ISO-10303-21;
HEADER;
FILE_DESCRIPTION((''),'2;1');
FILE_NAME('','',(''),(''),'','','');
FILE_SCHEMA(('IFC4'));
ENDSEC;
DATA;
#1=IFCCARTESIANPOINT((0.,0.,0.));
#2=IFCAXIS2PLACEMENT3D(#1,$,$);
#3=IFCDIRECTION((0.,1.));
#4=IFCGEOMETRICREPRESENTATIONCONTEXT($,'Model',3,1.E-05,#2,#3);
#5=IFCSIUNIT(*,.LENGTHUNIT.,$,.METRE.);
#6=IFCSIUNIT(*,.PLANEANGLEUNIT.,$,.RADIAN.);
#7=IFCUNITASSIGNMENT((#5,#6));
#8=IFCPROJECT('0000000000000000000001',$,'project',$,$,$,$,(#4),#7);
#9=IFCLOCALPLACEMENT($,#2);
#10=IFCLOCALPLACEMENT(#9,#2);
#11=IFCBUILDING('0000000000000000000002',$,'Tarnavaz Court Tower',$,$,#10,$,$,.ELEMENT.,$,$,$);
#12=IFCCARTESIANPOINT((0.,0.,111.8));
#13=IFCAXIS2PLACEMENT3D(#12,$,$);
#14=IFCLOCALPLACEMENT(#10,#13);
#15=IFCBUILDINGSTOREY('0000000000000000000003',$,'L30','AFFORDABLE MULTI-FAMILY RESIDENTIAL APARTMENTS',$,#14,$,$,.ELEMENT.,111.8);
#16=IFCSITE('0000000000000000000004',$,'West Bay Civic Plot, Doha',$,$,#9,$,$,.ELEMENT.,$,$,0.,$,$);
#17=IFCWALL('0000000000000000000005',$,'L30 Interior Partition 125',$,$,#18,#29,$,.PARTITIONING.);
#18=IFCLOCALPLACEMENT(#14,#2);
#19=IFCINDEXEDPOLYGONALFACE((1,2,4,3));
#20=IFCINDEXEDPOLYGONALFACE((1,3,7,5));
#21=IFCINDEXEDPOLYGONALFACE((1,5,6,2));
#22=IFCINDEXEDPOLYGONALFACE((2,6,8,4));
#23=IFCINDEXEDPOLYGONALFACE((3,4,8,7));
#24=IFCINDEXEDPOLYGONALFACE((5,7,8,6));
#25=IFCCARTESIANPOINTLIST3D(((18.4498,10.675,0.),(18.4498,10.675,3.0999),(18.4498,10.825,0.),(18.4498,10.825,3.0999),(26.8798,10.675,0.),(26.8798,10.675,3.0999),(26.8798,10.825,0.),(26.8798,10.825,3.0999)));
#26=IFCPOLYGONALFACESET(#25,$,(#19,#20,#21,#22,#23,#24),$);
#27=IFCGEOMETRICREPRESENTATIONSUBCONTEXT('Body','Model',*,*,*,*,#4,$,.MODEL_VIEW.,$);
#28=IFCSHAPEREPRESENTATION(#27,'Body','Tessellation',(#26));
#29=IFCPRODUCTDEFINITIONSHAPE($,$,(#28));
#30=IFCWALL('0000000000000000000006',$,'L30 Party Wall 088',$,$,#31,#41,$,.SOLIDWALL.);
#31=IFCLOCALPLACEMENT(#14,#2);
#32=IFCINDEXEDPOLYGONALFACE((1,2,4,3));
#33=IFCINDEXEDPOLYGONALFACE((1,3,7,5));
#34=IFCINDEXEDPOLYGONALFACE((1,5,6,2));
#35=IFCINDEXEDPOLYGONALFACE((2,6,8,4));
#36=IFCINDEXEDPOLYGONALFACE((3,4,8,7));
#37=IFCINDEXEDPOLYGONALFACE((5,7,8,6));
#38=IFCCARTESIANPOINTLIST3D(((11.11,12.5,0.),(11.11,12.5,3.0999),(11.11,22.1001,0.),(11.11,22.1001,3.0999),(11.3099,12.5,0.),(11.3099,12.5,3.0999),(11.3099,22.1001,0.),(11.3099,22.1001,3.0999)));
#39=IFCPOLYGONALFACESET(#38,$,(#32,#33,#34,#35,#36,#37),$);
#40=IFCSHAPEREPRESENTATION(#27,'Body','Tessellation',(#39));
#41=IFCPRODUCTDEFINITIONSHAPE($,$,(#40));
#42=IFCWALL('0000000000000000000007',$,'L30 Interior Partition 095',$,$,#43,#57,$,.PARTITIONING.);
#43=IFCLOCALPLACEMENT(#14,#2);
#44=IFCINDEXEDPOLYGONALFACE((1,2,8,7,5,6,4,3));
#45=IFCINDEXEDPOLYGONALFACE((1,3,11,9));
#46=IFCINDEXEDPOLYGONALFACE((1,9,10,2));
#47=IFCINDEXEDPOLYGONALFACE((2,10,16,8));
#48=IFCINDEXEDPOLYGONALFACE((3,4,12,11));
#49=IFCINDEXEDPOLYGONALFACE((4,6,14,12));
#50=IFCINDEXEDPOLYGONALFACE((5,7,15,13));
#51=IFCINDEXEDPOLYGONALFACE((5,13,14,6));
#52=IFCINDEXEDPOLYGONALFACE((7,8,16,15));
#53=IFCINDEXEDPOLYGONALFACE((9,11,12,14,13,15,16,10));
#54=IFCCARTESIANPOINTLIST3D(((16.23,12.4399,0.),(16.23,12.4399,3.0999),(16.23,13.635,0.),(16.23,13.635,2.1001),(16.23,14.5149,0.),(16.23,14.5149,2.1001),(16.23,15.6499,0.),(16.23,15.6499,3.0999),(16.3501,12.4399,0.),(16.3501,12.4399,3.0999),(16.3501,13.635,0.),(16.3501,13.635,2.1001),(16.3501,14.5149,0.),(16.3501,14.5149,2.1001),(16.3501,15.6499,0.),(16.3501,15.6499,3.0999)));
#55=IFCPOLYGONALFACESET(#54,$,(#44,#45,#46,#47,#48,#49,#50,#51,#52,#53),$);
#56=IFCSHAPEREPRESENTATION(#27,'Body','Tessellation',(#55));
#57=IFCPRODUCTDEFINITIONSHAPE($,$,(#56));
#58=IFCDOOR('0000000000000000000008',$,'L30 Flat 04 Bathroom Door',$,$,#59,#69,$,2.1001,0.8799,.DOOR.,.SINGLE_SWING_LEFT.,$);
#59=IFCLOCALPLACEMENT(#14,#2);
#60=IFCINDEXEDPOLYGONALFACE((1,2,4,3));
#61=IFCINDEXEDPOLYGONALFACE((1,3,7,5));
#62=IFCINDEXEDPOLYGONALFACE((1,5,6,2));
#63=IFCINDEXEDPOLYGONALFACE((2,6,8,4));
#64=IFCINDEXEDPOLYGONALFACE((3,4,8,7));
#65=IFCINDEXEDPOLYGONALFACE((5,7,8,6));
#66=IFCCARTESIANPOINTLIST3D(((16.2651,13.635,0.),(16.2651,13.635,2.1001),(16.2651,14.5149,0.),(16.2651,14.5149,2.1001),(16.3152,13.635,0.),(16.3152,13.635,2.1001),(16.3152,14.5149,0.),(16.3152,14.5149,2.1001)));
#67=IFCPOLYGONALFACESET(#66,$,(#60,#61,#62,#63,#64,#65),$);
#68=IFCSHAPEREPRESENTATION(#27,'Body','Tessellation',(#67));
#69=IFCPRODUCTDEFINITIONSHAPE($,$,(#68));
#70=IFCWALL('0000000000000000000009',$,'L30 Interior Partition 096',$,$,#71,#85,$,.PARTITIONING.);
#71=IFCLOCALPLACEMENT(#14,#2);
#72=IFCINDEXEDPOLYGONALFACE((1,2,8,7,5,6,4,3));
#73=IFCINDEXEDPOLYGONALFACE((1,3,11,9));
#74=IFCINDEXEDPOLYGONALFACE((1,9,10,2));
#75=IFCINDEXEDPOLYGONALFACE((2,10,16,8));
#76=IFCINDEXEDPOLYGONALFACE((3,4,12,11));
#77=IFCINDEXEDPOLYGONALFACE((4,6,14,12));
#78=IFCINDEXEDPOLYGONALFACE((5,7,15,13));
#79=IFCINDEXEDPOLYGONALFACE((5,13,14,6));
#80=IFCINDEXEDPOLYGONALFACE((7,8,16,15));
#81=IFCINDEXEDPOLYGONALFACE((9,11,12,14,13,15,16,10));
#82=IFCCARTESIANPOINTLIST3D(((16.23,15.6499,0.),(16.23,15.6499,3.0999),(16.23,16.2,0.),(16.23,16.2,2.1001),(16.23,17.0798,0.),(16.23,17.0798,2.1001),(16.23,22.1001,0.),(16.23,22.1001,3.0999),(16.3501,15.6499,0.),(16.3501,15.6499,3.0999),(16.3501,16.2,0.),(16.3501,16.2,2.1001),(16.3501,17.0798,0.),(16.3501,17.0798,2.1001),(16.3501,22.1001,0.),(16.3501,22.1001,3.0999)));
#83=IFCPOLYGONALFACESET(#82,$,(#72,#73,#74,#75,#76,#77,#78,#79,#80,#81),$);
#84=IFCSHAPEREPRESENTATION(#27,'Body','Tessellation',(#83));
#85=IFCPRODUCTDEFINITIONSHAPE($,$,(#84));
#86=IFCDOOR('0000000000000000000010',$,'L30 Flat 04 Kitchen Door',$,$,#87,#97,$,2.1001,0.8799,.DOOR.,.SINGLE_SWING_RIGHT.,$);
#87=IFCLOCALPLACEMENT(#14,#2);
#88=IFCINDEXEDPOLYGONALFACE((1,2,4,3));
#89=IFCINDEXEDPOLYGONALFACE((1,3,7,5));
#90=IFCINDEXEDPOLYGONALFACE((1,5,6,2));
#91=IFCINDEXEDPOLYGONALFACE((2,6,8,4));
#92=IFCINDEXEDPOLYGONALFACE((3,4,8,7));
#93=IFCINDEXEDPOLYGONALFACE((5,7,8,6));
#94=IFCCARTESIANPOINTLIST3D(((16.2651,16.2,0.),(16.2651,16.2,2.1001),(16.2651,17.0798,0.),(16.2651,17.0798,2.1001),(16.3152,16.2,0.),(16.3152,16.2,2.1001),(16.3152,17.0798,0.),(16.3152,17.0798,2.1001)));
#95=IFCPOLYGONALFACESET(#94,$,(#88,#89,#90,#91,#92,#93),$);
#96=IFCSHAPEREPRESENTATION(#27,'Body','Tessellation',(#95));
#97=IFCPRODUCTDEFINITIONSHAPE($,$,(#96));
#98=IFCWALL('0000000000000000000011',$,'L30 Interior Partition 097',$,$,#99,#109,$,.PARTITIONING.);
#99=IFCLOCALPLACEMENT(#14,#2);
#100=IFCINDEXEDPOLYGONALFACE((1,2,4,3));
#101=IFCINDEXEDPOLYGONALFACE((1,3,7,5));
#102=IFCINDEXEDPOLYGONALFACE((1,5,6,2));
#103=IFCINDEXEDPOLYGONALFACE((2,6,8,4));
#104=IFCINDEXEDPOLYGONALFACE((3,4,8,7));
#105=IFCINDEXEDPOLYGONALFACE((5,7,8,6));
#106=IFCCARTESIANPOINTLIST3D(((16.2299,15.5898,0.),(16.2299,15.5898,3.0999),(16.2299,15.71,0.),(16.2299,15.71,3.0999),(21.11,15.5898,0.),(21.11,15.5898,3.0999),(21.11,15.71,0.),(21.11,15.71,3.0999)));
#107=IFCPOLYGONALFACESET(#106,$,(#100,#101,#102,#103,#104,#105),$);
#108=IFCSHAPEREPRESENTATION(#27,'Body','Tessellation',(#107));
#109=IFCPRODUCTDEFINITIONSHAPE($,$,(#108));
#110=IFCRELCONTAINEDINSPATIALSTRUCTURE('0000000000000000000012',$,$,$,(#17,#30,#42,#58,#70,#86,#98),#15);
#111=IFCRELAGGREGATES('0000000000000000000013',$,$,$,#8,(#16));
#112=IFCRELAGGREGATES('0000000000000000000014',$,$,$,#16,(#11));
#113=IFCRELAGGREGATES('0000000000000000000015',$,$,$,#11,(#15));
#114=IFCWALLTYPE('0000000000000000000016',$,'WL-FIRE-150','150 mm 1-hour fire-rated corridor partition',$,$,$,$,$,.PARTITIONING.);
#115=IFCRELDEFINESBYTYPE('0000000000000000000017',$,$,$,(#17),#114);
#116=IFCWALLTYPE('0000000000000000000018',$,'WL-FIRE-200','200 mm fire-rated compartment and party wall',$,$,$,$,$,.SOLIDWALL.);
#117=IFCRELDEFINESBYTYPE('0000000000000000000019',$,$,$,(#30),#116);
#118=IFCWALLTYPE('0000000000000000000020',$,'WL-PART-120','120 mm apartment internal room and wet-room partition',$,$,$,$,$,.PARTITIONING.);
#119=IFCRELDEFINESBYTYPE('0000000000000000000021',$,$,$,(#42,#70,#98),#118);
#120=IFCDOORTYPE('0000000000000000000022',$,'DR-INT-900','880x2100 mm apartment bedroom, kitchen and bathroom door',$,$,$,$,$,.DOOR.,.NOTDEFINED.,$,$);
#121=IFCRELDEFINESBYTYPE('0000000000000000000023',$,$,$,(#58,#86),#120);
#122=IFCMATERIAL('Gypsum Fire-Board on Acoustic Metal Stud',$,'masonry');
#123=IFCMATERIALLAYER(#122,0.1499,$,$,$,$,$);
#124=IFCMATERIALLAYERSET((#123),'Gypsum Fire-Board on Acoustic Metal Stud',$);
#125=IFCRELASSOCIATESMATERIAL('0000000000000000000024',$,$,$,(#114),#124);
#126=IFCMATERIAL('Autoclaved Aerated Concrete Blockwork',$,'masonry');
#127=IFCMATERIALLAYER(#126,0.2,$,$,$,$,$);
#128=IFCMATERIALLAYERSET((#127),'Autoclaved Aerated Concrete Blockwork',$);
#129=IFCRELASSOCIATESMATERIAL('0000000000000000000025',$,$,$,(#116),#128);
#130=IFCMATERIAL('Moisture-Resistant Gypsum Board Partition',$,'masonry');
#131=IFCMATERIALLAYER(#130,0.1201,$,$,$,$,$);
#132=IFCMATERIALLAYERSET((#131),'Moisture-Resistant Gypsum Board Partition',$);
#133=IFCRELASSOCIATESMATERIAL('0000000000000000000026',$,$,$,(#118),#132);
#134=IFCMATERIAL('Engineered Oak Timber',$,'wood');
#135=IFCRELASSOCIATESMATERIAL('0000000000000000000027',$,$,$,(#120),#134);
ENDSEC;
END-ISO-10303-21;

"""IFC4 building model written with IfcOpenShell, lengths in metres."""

from ifc_helpers import new_model, si_unit, direction, frame, frame_2d, origin, place, context, subcontext, project, spatial, rectangle, extrude, material, layer, layer_set, type_object, element, fill, save


model = new_model("IFC4")

# Units and contexts
model_context = context("Model", 3, precision=1e-05, world=origin(), true_north=direction((0.0, 1.0)))
body_context = subcontext(model_context, "Body", "Model", "MODEL_VIEW")
ifc_project = project(units=[si_unit("LENGTHUNIT", "METRE"), si_unit("PLANEANGLEUNIT", "RADIAN")], contexts=[model_context])

# Site, building, storey
site_placement = place(None, origin())
site = spatial("IfcSite", under=ifc_project, at=site_placement, Name="West Bay Civic Plot, Doha", CompositionType="ELEMENT", RefElevation=0.0)
building_placement = place(site_placement, origin())
building = spatial("IfcBuilding", under=site, at=building_placement, Name="Tarnavaz Court Tower", CompositionType="ELEMENT")
storey_placement = place(building_placement, frame((0.0, 0.0, 111.8)))
storey = spatial("IfcBuildingStorey", under=building, at=storey_placement, Name="L30", Description="AFFORDABLE MULTI-FAMILY RESIDENTIAL APARTMENTS", CompositionType="ELEMENT", Elevation=111.8)

# Walls
ifc_material_1 = material(Name="Gypsum Fire-Board on Acoustic Metal Stud", Category="masonry")
ifc_layer_1 = layer(ifc_material_1, 0.1499)
ifc_layer_set_1 = layer_set([ifc_layer_1], Name="Gypsum Fire-Board on Acoustic Metal Stud")
wall_type_1 = type_object("IfcWallType", Name="WL-FIRE-150", Description="150 mm 1-hour fire-rated corridor partition", PredefinedType="PARTITIONING", material=ifc_layer_set_1)
wall_1_placement = place(storey_placement, frame((18.45, 10.75, 0.0), z_axis=(0.0, 0.0, 1.0), x_axis=(1.0, 0.0, 0.0)))
element("IfcWall", 1, at=wall_1_placement, inside=storey, type_object=wall_type_1, Name="L30 Interior Partition 125", PredefinedType="PARTITIONING", context=body_context, shape_type="SweptSolid", body=[
    extrude(rectangle(XDim=8.4299, YDim=0.1499, at=frame_2d((4.2148, 0.0))), origin(), (0.0, 0.0, 1.0), 3.0999),
])
ifc_material_2 = material(Name="Autoclaved Aerated Concrete Blockwork", Category="masonry")
ifc_layer_2 = layer(ifc_material_2, 0.2)
ifc_layer_set_2 = layer_set([ifc_layer_2], Name="Autoclaved Aerated Concrete Blockwork")
wall_type_2 = type_object("IfcWallType", Name="WL-FIRE-200", Description="200 mm fire-rated compartment and party wall", PredefinedType="SOLIDWALL", material=ifc_layer_set_2)
wall_2_placement = place(storey_placement, frame((11.21, 12.5, 0.0), z_axis=(0.0, 0.0, 1.0), x_axis=(0.0, 1.0, 0.0)))
element("IfcWall", 2, at=wall_2_placement, inside=storey, type_object=wall_type_2, Name="L30 Party Wall 088", PredefinedType="SOLIDWALL", context=body_context, shape_type="SweptSolid", body=[
    extrude(rectangle(XDim=9.6001, YDim=0.2, at=frame_2d((4.8, 0.0))), origin(), (0.0, 0.0, 1.0), 3.0999),
])

# Walls, openings, doors
ifc_material_3 = material(Name="Moisture-Resistant Gypsum Board Partition", Category="masonry")
ifc_layer_3 = layer(ifc_material_3, 0.1201)
ifc_layer_set_3 = layer_set([ifc_layer_3], Name="Moisture-Resistant Gypsum Board Partition")
wall_type_3 = type_object("IfcWallType", Name="WL-PART-120", Description="120 mm apartment internal room and wet-room partition", PredefinedType="PARTITIONING", material=ifc_layer_set_3)
wall_3_placement = place(storey_placement, frame((16.29, 12.4399, 0.0), z_axis=(0.0, 0.0, 1.0), x_axis=(0.0, 1.0, 0.0)))
wall_3 = element("IfcWall", 3, at=wall_3_placement, inside=storey, type_object=wall_type_3, Name="L30 Interior Partition 095", PredefinedType="PARTITIONING", context=body_context, shape_type="SweptSolid", body=[
    extrude(rectangle(XDim=3.21, YDim=0.1201, at=frame_2d((1.605, 0.0))), origin(), (0.0, 0.0, 1.0), 3.0999),
])
opening_1_placement = place(wall_3_placement, frame((1.1951, 0.0, 0.0)))
opening_1 = element("IfcOpeningElement", 4, at=opening_1_placement, cuts=wall_3, PredefinedType="OPENING", context=body_context, shape_type="SweptSolid", body=[
    extrude(rectangle(XDim=0.8799, YDim=2.1001, at=frame_2d((0.4399, 1.05))), frame((0.0, 0.0701, 0.0), z_axis=(0.0, -1.0, 0.0), x_axis=(1.0, 0.0, 0.0)), (0.0, 0.0, 1.0), 0.1401),
])
ifc_material_4 = material(Name="Engineered Oak Timber", Category="wood")
door_type = type_object("IfcDoorType", Name="DR-INT-900", Description="880x2100 mm apartment bedroom, kitchen and bathroom door", OperationType="NOTDEFINED", PredefinedType="DOOR", material=ifc_material_4)
door_1_placement = place(opening_1_placement, origin())
door_1 = element("IfcDoor", 5, at=door_1_placement, inside=storey, type_object=door_type, Name="L30 Flat 04 Bathroom Door", OperationType="SINGLE_SWING_LEFT", OverallHeight=2.1001, OverallWidth=0.8799, PredefinedType="DOOR", context=body_context, shape_type="SweptSolid", body=[
    extrude(rectangle(XDim=0.8799, YDim=2.1001, at=frame_2d((0.4399, 1.05))), frame((0.0, 0.0249, 0.0), z_axis=(0.0, -1.0, 0.0), x_axis=(1.0, 0.0, 0.0)), (0.0, 0.0, 1.0), 0.05),
])
fill(opening_1, door_1)
wall_4_placement = place(storey_placement, frame((16.29, 15.6499, 0.0), z_axis=(0.0, 0.0, 1.0), x_axis=(0.0, 1.0, 0.0)))
wall_4 = element("IfcWall", 6, at=wall_4_placement, inside=storey, type_object=wall_type_3, Name="L30 Interior Partition 096", PredefinedType="PARTITIONING", context=body_context, shape_type="SweptSolid", body=[
    extrude(rectangle(XDim=6.4502, YDim=0.1201, at=frame_2d((3.2251, 0.0))), origin(), (0.0, 0.0, 1.0), 3.0999),
])
opening_2_placement = place(wall_4_placement, frame((0.55, 0.0, 0.0)))
opening_2 = element("IfcOpeningElement", 7, at=opening_2_placement, cuts=wall_4, PredefinedType="OPENING", context=body_context, shape_type="SweptSolid", body=[
    extrude(rectangle(XDim=0.8799, YDim=2.1001, at=frame_2d((0.4399, 1.05))), frame((0.0, 0.0701, 0.0), z_axis=(0.0, -1.0, 0.0), x_axis=(1.0, 0.0, 0.0)), (0.0, 0.0, 1.0), 0.1401),
])
door_2_placement = place(opening_2_placement, origin())
door_2 = element("IfcDoor", 8, at=door_2_placement, inside=storey, type_object=door_type, Name="L30 Flat 04 Kitchen Door", OperationType="SINGLE_SWING_RIGHT", OverallHeight=2.1001, OverallWidth=0.8799, PredefinedType="DOOR", context=body_context, shape_type="SweptSolid", body=[
    extrude(rectangle(XDim=0.8799, YDim=2.1001, at=frame_2d((0.4399, 1.05))), frame((0.0, 0.0249, 0.0), z_axis=(0.0, -1.0, 0.0), x_axis=(1.0, 0.0, 0.0)), (0.0, 0.0, 1.0), 0.05),
])
fill(opening_2, door_2)

# Wall
wall_5_placement = place(storey_placement, frame((16.23, 15.6499, 0.0), z_axis=(0.0, 0.0, 1.0), x_axis=(1.0, 0.0, 0.0)))
element("IfcWall", 9, at=wall_5_placement, inside=storey, type_object=wall_type_3, Name="L30 Interior Partition 097", PredefinedType="PARTITIONING", context=body_context, shape_type="SweptSolid", body=[
    extrude(rectangle(XDim=4.8801, YDim=0.1201, at=frame_2d((2.4399, 0.0))), origin(), (0.0, 0.0, 1.0), 3.0999),
])

save(model, "model.ifc")
